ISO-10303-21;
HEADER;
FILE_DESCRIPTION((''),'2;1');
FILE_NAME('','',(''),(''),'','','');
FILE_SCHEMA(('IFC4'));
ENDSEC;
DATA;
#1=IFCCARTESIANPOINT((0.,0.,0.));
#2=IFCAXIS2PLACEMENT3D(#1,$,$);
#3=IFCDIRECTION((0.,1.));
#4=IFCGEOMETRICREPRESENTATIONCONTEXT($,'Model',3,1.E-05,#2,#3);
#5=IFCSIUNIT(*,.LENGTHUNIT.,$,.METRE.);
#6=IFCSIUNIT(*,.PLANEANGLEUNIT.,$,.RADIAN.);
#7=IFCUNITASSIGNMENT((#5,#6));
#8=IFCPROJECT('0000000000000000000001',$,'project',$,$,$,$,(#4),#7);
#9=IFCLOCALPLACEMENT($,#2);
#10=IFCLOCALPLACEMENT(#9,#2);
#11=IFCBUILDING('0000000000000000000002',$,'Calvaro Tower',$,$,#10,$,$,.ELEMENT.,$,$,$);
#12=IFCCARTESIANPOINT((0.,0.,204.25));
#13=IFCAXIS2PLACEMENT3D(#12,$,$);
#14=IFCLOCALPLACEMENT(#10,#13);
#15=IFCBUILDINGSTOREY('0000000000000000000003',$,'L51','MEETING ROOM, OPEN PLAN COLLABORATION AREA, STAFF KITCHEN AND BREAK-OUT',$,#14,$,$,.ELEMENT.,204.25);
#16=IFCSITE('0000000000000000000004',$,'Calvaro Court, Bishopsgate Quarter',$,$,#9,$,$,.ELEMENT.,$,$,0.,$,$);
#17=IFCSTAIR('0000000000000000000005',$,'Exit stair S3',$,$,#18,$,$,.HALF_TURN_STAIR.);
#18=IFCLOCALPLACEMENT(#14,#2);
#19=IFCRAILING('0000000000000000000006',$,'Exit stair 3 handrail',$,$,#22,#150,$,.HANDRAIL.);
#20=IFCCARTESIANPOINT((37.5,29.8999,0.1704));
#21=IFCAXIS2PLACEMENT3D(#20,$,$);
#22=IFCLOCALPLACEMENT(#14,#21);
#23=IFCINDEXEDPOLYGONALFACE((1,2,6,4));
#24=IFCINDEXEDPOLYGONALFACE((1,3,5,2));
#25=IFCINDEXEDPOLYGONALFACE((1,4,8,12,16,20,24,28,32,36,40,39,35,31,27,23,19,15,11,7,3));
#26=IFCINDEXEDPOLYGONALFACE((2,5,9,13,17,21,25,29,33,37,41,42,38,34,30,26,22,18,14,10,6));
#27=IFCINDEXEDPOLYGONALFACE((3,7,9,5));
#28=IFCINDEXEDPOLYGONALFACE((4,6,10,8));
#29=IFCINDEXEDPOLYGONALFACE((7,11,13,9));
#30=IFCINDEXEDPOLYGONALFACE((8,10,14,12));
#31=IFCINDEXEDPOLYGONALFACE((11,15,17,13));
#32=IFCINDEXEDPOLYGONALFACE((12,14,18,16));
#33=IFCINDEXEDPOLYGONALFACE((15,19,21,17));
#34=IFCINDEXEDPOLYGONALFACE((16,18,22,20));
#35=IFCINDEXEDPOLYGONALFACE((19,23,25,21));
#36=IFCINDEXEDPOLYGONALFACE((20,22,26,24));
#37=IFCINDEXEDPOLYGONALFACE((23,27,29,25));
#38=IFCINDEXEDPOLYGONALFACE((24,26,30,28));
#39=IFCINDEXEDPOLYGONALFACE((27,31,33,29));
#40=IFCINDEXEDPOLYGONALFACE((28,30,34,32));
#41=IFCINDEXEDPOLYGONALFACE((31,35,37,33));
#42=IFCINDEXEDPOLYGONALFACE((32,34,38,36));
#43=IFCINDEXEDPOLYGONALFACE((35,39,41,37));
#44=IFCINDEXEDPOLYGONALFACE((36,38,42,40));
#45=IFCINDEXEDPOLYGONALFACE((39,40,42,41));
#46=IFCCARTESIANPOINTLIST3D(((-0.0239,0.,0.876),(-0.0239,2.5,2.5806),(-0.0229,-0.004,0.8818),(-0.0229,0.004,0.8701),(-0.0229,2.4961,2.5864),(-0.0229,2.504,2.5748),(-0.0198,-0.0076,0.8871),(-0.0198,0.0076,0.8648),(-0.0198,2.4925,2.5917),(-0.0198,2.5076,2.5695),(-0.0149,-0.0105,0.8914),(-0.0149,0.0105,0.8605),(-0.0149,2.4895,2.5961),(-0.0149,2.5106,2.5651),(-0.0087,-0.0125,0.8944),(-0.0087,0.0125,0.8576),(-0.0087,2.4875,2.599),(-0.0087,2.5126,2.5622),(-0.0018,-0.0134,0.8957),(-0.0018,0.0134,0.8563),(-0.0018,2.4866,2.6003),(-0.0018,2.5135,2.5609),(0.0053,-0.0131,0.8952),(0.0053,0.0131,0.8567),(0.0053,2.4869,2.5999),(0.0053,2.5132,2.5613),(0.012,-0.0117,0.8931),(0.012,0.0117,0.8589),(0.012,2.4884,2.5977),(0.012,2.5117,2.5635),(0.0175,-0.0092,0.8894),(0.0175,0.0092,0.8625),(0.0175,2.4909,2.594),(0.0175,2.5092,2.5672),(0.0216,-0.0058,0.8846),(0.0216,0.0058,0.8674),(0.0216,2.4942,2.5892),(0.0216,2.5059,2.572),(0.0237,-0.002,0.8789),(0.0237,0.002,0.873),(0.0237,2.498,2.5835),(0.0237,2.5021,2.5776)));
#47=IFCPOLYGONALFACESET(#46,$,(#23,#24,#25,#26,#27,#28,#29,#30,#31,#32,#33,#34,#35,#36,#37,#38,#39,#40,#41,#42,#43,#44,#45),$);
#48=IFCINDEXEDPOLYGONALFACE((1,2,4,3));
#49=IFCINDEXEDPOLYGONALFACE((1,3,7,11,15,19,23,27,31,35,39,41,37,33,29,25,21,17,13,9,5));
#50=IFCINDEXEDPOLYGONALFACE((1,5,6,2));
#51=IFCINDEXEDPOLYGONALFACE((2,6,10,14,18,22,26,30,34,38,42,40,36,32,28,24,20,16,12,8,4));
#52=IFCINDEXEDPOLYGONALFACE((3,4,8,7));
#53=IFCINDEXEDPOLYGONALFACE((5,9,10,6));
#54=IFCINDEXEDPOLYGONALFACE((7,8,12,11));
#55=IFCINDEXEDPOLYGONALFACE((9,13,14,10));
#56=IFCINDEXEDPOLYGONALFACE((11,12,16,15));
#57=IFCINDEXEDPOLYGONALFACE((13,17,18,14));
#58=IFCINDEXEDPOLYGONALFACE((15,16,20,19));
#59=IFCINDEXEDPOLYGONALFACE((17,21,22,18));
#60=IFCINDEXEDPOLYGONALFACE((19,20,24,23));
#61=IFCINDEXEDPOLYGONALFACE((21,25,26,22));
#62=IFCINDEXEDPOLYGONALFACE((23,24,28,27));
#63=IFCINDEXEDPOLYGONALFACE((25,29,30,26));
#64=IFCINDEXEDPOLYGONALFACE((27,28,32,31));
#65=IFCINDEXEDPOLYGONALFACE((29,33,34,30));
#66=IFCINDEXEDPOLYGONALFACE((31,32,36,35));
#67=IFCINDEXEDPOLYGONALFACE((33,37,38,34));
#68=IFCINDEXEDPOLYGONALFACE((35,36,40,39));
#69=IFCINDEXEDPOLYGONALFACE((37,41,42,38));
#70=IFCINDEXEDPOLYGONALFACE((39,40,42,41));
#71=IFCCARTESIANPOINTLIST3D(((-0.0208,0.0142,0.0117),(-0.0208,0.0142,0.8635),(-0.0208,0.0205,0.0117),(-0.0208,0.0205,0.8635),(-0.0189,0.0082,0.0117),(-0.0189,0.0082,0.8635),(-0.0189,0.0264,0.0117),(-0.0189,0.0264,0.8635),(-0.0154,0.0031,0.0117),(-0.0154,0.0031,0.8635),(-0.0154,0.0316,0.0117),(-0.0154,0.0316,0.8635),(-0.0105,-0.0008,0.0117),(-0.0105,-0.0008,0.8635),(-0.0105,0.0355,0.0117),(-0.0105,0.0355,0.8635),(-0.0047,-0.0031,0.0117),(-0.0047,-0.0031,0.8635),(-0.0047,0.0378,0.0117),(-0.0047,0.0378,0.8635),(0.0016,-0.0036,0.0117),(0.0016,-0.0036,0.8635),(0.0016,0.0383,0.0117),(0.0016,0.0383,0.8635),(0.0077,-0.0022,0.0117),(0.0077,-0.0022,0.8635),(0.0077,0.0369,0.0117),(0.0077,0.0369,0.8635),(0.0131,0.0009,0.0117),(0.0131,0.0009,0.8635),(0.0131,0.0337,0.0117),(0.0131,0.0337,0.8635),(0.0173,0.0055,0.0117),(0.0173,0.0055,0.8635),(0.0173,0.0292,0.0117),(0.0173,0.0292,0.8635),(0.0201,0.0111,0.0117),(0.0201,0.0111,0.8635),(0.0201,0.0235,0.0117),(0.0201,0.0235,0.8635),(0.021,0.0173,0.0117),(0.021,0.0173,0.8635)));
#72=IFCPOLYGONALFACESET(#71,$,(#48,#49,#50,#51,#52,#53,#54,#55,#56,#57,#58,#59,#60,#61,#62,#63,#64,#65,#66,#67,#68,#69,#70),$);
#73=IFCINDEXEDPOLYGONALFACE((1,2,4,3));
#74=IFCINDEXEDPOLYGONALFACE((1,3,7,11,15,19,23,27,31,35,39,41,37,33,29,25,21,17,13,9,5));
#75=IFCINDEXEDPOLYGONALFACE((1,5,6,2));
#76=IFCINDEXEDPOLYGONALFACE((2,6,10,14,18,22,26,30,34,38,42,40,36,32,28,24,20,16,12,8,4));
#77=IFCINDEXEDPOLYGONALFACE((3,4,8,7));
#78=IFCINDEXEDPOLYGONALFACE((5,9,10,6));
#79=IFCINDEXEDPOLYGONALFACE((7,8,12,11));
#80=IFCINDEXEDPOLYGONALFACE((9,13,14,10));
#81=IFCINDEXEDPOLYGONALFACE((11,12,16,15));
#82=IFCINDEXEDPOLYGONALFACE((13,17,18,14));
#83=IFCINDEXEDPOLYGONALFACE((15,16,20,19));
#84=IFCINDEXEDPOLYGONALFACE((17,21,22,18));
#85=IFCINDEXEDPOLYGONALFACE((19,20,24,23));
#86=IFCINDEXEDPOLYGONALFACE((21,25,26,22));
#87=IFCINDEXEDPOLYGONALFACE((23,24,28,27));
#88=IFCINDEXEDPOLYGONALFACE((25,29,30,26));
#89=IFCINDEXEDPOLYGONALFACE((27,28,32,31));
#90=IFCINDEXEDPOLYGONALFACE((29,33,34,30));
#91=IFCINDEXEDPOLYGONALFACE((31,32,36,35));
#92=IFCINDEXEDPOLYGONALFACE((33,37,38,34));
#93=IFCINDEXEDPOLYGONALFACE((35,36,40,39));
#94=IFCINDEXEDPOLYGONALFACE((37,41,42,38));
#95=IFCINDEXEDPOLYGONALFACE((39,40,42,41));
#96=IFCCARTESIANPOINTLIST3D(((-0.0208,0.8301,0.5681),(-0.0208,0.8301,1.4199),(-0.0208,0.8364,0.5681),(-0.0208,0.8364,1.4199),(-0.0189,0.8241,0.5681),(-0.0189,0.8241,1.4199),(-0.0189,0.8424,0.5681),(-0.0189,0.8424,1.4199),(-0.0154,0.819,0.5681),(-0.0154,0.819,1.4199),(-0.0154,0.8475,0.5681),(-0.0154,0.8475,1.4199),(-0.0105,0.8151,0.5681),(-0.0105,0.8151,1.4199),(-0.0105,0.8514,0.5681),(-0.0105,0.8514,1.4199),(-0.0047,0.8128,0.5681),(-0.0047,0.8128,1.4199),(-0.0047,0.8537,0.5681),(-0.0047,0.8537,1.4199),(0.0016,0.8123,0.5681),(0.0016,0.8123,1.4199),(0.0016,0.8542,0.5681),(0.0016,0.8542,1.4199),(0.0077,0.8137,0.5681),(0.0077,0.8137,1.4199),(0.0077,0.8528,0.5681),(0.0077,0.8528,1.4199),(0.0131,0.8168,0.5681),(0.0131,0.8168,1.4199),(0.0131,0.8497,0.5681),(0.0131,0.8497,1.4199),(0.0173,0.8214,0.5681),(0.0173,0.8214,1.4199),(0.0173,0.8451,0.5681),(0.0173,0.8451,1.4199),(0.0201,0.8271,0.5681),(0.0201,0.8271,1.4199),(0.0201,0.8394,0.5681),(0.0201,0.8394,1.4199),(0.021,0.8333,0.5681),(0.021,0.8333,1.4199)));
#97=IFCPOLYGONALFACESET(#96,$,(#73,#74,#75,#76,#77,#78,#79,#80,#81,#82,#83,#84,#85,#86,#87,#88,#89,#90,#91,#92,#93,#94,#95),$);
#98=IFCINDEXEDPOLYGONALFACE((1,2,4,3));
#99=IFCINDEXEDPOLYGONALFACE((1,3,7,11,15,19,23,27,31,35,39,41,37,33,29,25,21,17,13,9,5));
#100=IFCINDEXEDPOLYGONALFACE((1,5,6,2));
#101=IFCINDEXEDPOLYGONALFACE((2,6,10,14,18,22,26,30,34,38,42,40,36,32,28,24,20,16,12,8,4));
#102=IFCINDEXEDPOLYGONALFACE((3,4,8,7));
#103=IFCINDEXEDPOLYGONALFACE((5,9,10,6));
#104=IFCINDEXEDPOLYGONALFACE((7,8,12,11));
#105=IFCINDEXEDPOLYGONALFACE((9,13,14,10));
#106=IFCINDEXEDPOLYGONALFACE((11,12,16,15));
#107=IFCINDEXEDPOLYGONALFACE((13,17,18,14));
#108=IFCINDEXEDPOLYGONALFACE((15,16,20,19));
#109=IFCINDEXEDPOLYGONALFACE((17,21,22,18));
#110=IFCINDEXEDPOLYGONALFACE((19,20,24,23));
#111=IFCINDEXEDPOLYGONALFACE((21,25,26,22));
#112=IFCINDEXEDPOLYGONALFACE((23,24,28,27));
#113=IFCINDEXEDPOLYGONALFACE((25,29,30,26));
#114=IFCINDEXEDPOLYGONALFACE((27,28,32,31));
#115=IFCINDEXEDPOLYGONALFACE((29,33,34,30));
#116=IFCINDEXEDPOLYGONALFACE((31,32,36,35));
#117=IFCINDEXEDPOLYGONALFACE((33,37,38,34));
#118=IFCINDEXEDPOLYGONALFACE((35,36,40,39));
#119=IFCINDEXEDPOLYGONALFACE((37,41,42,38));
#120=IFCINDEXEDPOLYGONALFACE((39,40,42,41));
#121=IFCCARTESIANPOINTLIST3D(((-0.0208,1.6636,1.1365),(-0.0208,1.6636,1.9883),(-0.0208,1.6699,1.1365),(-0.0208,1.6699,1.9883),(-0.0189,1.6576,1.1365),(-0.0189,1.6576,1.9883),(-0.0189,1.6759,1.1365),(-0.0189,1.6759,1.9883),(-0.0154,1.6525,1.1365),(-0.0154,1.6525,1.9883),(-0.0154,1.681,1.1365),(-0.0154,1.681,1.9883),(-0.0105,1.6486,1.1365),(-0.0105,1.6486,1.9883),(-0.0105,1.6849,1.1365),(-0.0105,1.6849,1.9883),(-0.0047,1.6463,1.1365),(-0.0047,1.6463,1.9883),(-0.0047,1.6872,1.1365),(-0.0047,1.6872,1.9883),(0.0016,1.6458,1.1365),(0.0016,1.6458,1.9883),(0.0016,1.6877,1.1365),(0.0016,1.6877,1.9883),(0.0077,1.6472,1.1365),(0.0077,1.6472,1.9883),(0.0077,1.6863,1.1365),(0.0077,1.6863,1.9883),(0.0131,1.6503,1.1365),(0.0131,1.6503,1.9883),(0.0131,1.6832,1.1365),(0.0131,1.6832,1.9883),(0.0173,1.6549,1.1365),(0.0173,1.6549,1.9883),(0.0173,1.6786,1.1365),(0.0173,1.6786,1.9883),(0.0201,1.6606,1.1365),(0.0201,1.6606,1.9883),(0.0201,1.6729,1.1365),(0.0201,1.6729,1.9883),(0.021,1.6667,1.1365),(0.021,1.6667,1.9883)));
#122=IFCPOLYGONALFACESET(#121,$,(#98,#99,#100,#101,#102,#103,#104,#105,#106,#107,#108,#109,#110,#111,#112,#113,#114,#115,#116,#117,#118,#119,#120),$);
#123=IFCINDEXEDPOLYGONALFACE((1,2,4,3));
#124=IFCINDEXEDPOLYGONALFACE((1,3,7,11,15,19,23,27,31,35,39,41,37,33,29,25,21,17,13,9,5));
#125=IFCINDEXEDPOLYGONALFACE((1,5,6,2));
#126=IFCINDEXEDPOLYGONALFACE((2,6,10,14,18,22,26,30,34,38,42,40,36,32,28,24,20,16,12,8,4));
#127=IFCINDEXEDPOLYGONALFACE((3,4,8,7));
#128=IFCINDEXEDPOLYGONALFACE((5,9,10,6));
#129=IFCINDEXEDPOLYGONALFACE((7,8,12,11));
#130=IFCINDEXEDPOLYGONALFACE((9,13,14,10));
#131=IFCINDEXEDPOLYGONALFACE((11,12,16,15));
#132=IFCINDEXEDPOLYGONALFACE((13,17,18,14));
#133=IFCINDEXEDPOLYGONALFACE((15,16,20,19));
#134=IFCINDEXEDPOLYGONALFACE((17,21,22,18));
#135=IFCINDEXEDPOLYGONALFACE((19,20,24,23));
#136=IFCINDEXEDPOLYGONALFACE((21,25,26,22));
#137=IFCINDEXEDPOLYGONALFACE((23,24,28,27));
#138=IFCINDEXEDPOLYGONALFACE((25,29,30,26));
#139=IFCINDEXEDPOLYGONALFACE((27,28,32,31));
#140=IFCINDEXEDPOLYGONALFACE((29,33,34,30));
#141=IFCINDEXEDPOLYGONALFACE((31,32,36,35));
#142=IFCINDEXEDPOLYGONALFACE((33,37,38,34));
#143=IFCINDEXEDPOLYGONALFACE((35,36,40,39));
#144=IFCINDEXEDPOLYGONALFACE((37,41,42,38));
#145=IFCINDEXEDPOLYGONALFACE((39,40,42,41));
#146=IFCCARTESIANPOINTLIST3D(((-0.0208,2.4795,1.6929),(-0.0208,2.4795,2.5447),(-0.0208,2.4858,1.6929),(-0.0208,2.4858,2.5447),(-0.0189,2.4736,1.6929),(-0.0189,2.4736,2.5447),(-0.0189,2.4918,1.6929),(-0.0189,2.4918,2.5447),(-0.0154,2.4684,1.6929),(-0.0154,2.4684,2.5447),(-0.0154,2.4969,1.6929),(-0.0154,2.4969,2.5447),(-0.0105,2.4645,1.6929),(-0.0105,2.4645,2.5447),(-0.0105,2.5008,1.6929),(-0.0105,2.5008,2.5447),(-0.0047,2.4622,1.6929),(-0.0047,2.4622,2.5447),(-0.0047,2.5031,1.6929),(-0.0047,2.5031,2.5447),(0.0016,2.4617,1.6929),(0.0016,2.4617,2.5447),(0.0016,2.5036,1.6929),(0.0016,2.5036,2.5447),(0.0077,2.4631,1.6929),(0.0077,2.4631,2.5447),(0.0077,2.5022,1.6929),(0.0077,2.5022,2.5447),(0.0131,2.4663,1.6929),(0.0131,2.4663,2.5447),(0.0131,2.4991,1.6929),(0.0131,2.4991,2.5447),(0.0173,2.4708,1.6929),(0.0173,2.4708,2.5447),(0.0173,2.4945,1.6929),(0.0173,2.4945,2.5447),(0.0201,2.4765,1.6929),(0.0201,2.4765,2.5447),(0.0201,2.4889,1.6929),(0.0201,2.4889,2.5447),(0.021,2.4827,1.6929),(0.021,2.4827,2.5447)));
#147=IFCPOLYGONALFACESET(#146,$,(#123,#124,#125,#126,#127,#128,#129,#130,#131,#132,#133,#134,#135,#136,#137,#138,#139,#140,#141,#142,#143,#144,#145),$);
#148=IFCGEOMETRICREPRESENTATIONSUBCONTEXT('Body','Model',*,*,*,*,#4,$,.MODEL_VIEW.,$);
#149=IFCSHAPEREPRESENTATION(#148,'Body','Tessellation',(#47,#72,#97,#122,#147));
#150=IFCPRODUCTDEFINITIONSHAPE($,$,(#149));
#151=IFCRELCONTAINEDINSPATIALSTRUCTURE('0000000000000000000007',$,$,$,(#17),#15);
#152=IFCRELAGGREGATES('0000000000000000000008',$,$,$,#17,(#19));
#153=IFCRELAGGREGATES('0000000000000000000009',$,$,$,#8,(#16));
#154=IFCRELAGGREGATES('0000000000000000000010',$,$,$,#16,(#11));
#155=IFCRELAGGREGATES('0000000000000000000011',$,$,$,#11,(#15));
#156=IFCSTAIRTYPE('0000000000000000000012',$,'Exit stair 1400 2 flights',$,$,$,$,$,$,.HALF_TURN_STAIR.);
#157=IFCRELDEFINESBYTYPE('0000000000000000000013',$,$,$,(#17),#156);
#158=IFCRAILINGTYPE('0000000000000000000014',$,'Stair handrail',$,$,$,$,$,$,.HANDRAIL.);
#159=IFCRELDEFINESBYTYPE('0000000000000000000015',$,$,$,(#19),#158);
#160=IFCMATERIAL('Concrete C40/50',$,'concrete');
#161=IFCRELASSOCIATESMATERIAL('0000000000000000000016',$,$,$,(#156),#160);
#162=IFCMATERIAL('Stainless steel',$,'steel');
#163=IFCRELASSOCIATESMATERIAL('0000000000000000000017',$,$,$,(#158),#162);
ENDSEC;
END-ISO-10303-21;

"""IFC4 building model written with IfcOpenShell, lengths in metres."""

from ifc_helpers import new_model, si_unit, direction, frame, origin, origin_2d, place, context, subcontext, project, spatial, circle, extrude, material, type_object, element, aggregate, save


model = new_model("IFC4")

# Units and contexts
model_context = context("Model", 3, precision=1e-05, world=origin(), true_north=direction((0.0, 1.0)))
body_context = subcontext(model_context, "Body", "Model", "MODEL_VIEW")
ifc_project = project(units=[si_unit("LENGTHUNIT", "METRE"), si_unit("PLANEANGLEUNIT", "RADIAN")], contexts=[model_context])

# Site, building, storey
site_placement = place(None, origin())
site = spatial("IfcSite", under=ifc_project, at=site_placement, Name="Calvaro Court, Bishopsgate Quarter", CompositionType="ELEMENT", RefElevation=0.0)
building_placement = place(site_placement, origin())
building = spatial("IfcBuilding", under=site, at=building_placement, Name="Calvaro Tower", CompositionType="ELEMENT")
storey_placement = place(building_placement, frame((0.0, 0.0, 204.25)))
storey = spatial("IfcBuildingStorey", under=building, at=storey_placement, Name="L51", Description="MEETING ROOM, OPEN PLAN COLLABORATION AREA, STAFF KITCHEN AND BREAK-OUT", CompositionType="ELEMENT", Elevation=204.25)

# Stair, railing
ifc_material_1 = material(Name="Concrete C40/50", Category="concrete")
stair_type = type_object("IfcStairType", Name="Exit stair 1400 2 flights", PredefinedType="HALF_TURN_STAIR", material=ifc_material_1)
stair_placement = place(storey_placement, origin())
stair = element("IfcStair", 1, at=stair_placement, inside=storey, type_object=stair_type, Name="Exit stair S3", PredefinedType="HALF_TURN_STAIR")
ifc_material_2 = material(Name="Stainless steel", Category="steel")
railing_type = type_object("IfcRailingType", Name="Stair handrail", PredefinedType="HANDRAIL", material=ifc_material_2)
railing_placement = place(storey_placement, frame((37.5, 29.8999, 0.1704)))
railing = element("IfcRailing", 2, at=railing_placement, type_object=railing_type, Name="Exit stair 3 handrail", PredefinedType="HANDRAIL", context=body_context, shape_type="SweptSolid", body=[
    extrude(circle(Radius=0.0239, at=origin_2d()), frame((0.0, 0.0, 0.876), z_axis=(0.0, 0.826221, 0.563347), x_axis=(-1.0, 0.0, 0.0)), (0.0, 0.0, 1.0), 3.0259),
    extrude(circle(Radius=0.021, at=origin_2d()), frame((0.0, 0.0173, 0.0117)), (0.0, 0.0, 1.0), 0.8518),
    extrude(circle(Radius=0.021, at=origin_2d()), frame((0.0, 0.8333, 0.5681)), (0.0, 0.0, 1.0), 0.8518),
    extrude(circle(Radius=0.021, at=origin_2d()), frame((0.0, 1.6667, 1.1365)), (0.0, 0.0, 1.0), 0.8518),
    extrude(circle(Radius=0.021, at=origin_2d()), frame((0.0, 2.4827, 1.6929)), (0.0, 0.0, 1.0), 0.8518),
])
aggregate(stair, [railing])

save(model, "model.ifc")
